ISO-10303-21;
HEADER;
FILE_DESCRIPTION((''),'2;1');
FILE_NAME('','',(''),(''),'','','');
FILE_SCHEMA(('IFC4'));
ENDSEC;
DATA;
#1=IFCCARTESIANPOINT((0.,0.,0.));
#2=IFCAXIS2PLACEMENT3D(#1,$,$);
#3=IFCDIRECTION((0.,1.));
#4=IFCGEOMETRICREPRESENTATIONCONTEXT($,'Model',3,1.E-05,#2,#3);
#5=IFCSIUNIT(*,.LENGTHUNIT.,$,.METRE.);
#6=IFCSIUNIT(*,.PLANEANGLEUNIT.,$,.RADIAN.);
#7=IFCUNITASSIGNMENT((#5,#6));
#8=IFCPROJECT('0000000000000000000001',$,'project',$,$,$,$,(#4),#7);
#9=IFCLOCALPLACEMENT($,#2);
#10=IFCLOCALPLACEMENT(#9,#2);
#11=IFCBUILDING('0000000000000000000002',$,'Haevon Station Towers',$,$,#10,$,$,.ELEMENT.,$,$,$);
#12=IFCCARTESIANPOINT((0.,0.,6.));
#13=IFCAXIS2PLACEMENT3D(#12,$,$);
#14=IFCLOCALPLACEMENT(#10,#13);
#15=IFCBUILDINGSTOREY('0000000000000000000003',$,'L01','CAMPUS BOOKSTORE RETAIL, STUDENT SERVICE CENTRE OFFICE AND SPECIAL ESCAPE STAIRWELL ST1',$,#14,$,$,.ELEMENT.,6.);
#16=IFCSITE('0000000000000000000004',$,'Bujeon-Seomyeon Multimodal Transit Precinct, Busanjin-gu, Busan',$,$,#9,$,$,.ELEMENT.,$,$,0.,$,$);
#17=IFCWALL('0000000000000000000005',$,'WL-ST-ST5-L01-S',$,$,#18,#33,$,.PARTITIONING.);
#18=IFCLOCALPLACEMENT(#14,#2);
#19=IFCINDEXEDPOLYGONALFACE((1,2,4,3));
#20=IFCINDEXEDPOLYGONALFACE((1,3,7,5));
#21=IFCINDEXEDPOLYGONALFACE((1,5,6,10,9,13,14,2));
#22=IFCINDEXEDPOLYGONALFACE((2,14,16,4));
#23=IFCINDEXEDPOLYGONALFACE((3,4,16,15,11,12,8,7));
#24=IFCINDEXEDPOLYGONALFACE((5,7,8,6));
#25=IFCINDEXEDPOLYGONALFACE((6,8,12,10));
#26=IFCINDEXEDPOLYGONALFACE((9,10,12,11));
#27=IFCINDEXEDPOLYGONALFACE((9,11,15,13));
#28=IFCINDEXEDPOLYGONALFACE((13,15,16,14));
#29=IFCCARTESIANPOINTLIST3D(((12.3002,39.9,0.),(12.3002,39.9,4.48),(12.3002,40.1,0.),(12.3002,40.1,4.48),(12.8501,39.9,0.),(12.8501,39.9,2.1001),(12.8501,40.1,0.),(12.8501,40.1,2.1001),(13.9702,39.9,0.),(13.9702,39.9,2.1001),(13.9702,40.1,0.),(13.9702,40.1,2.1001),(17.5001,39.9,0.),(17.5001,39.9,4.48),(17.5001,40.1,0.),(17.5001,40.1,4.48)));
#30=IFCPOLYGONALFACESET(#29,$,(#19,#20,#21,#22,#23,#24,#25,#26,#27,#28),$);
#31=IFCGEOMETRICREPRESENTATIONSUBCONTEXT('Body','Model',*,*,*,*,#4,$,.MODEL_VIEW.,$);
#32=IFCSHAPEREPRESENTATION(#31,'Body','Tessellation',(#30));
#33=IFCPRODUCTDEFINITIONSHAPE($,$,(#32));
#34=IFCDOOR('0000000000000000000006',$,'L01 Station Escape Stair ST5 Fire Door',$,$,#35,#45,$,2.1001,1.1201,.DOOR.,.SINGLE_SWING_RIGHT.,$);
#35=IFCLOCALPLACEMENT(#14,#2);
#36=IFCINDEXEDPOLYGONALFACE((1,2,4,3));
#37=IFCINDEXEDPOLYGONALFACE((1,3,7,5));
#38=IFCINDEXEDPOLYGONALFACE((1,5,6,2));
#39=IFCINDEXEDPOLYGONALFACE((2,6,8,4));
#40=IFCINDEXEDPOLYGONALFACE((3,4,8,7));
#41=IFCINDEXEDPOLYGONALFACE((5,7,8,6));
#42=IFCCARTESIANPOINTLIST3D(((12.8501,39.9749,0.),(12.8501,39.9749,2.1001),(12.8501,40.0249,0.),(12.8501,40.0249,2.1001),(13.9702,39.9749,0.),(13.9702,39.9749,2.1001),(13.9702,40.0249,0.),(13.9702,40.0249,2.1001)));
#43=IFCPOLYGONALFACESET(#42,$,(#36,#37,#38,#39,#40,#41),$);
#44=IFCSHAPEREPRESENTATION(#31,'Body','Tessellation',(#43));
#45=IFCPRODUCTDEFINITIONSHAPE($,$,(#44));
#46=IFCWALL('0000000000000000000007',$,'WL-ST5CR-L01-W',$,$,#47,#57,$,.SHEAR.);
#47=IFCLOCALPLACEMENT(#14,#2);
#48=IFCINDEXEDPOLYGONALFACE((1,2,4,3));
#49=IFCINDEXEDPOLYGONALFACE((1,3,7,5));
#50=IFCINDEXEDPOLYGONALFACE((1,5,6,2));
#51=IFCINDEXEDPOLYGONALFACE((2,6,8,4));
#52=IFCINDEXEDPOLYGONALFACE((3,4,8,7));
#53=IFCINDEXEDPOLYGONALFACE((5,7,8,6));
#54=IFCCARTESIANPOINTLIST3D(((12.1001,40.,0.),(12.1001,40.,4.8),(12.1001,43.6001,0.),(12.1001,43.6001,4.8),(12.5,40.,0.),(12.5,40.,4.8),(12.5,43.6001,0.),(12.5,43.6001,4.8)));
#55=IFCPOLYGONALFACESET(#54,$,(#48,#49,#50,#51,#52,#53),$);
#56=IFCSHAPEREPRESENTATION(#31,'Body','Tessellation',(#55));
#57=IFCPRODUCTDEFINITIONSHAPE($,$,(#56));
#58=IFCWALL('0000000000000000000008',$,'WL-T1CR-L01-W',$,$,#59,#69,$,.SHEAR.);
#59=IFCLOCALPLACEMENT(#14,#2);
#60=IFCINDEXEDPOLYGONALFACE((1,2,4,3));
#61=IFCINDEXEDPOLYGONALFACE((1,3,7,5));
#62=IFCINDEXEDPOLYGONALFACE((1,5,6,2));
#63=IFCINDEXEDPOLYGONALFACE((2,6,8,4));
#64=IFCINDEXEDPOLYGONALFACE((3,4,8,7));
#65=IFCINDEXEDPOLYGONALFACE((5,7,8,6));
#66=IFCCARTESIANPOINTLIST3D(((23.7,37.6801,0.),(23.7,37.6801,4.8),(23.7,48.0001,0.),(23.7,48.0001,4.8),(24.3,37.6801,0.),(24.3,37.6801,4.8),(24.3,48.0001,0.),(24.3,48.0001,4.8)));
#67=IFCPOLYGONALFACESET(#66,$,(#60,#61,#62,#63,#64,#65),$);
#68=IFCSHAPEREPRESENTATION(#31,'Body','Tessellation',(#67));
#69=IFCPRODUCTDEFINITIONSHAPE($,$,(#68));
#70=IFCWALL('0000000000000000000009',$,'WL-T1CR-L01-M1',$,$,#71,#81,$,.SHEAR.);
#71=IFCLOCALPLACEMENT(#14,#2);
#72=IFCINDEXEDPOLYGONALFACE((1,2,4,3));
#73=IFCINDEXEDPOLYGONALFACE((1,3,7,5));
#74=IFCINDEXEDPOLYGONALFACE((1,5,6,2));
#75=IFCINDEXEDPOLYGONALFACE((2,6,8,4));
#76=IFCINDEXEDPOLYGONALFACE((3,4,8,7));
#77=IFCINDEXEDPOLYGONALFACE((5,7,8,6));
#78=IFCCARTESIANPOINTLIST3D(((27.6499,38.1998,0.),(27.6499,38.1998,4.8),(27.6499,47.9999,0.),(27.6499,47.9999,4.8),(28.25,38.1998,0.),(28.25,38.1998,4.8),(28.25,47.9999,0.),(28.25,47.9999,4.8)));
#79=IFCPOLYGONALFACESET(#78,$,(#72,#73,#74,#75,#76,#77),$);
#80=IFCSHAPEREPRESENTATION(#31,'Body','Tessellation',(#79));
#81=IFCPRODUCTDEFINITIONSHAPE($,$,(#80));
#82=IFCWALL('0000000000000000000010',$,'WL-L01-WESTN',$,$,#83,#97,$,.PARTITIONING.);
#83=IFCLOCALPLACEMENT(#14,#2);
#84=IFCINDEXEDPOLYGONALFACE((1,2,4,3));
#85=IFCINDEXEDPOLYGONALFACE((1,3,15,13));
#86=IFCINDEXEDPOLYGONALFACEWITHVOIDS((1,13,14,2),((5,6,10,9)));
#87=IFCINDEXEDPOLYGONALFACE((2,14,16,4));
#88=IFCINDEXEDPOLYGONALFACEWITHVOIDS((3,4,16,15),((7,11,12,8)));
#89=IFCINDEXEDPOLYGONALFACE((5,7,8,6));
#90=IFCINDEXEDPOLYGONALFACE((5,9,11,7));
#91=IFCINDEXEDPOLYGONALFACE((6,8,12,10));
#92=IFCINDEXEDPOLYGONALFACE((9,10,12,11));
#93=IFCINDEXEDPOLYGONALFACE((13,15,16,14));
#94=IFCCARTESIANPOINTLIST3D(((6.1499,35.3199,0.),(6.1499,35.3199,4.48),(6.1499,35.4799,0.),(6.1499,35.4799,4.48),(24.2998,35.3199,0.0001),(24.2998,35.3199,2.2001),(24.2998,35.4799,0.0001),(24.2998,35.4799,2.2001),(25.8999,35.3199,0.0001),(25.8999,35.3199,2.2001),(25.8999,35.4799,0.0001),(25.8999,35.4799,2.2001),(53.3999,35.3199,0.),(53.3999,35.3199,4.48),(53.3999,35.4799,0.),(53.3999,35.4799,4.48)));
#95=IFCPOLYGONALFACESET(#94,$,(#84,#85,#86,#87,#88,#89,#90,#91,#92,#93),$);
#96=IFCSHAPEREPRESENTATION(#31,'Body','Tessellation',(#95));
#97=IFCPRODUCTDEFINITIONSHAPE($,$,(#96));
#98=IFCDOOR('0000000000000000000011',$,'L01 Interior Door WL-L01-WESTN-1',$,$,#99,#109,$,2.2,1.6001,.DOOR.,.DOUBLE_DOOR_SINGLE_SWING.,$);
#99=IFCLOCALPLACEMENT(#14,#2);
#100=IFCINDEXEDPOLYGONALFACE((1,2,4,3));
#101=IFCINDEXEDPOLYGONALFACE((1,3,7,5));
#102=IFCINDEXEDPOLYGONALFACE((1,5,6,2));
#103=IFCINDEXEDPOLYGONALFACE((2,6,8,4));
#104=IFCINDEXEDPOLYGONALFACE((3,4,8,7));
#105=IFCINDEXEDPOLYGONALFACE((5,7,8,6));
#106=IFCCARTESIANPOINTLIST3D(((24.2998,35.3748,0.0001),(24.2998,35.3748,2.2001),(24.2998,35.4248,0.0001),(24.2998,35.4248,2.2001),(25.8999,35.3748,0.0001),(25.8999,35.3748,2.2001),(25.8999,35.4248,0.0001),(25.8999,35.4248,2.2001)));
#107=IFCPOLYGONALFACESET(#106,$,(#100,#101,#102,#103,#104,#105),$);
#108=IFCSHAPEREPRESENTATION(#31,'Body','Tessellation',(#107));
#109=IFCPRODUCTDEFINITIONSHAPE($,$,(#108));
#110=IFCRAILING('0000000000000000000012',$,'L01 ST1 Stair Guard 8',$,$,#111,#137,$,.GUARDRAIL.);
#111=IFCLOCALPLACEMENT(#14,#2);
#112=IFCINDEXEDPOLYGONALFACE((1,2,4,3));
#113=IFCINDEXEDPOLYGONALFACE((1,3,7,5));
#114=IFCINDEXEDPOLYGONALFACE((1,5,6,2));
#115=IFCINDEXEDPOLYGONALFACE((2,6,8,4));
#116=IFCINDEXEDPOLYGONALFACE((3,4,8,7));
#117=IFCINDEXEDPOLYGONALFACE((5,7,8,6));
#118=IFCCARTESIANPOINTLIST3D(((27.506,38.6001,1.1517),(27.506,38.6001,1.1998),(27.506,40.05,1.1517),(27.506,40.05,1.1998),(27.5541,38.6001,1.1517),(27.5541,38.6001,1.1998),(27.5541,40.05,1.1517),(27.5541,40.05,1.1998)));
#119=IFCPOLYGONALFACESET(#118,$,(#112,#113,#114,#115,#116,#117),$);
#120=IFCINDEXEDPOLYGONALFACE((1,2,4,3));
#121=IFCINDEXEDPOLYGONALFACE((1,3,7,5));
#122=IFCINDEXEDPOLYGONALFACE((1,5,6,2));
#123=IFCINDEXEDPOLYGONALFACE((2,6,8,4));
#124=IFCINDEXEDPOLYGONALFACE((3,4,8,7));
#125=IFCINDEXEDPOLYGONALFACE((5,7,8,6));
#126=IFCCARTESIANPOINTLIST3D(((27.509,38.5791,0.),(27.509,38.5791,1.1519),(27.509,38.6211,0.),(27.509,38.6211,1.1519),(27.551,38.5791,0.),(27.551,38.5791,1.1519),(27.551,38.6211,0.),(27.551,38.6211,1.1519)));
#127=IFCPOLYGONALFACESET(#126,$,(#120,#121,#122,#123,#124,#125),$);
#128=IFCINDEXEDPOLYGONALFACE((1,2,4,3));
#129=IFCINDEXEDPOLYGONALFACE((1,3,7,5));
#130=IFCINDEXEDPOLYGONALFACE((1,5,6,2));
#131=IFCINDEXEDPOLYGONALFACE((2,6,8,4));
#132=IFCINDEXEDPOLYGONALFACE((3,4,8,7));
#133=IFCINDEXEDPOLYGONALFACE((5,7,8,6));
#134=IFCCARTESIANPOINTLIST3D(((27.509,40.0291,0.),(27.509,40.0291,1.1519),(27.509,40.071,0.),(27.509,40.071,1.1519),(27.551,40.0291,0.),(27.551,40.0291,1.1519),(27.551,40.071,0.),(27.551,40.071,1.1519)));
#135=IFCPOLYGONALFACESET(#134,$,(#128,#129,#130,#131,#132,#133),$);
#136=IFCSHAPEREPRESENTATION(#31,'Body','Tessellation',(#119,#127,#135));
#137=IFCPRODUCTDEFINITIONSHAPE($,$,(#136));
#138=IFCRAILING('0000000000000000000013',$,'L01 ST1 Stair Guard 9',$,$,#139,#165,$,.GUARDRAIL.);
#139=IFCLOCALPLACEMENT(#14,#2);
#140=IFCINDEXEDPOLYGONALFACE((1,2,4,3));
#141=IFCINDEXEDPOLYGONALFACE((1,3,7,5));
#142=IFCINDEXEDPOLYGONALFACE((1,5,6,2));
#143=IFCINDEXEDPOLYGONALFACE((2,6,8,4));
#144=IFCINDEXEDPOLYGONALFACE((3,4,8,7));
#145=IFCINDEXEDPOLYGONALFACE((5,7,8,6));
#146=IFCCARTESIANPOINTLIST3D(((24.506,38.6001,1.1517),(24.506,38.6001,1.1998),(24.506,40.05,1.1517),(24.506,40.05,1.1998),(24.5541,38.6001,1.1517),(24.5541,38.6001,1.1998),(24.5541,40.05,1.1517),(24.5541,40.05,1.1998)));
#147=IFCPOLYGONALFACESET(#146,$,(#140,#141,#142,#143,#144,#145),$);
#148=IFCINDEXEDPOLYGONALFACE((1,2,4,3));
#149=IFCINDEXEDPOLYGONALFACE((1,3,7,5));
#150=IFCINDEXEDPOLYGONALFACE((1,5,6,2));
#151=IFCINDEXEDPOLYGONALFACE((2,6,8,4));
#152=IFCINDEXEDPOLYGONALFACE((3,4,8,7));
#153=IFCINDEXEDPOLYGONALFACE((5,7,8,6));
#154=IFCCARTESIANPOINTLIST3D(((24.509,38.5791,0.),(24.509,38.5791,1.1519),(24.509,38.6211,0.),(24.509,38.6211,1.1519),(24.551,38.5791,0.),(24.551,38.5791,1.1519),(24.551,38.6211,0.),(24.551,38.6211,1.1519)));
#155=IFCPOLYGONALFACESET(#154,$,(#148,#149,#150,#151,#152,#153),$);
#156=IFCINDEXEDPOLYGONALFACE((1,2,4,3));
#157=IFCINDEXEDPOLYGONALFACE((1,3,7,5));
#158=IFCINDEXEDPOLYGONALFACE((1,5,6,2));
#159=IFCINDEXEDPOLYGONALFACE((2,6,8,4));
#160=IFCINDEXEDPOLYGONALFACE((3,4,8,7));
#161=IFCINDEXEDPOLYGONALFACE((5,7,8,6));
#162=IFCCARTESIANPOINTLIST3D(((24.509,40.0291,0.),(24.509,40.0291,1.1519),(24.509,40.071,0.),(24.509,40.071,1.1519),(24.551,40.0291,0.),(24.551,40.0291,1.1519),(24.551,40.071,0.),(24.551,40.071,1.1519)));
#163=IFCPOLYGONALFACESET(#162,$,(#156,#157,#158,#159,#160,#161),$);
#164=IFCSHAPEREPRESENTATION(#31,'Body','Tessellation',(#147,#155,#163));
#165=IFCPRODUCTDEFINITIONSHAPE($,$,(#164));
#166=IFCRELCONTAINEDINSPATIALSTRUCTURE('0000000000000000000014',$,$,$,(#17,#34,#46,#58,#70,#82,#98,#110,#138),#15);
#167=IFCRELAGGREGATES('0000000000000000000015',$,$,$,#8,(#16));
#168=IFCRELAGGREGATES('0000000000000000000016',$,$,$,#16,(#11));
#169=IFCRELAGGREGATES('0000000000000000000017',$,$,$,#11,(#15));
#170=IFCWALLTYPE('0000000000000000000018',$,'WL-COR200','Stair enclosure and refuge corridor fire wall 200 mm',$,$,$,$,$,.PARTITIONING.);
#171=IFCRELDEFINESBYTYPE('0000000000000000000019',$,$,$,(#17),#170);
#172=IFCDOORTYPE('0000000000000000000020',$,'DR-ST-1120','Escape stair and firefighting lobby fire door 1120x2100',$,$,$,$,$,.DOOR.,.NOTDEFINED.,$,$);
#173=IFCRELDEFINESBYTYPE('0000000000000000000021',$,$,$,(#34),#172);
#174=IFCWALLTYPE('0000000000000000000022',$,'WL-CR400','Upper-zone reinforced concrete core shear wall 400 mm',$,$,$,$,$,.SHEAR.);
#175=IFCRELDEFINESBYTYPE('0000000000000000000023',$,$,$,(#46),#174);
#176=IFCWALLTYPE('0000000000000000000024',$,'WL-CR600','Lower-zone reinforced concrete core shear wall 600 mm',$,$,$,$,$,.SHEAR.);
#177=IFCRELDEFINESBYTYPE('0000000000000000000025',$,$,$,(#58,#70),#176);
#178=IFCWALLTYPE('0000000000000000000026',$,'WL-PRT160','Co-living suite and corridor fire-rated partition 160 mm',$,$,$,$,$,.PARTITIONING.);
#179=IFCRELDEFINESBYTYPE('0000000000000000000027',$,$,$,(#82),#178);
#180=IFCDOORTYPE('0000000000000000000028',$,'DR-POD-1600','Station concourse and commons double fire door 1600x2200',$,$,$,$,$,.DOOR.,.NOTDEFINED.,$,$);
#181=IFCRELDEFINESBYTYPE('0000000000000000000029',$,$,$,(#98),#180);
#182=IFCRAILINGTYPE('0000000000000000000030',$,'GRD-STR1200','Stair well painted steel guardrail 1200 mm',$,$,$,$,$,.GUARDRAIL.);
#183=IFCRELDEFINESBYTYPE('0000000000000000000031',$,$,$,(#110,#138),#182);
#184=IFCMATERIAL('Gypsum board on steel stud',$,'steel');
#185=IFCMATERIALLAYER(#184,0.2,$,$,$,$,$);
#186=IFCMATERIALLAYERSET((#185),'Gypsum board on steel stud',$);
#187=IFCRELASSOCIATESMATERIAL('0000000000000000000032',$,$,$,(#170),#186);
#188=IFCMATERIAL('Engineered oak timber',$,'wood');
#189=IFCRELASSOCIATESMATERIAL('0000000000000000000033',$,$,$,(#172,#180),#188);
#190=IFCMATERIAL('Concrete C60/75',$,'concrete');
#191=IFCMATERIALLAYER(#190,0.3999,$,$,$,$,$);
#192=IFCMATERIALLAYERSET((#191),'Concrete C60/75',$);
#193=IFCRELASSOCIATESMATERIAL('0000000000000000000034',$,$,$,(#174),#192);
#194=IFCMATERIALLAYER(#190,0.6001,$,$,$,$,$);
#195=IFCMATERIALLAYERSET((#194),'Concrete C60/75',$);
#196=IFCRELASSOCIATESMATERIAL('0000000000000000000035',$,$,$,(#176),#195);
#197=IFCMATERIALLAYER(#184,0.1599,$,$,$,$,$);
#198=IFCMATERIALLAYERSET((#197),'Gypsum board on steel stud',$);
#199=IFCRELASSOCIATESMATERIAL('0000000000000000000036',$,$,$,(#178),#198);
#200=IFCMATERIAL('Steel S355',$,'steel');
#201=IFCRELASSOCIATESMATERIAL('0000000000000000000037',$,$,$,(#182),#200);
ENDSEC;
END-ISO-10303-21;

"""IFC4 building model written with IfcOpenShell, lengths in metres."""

from ifc_helpers import new_model, si_unit, direction, frame, frame_2d, origin, origin_2d, place, context, subcontext, project, spatial, rectangle, extrude, material, layer, layer_set, type_object, element, fill, save


model = new_model("IFC4")

# Units and contexts
model_context = context("Model", 3, precision=1e-05, world=origin(), true_north=direction((0.0, 1.0)))
body_context = subcontext(model_context, "Body", "Model", "MODEL_VIEW")
ifc_project = project(units=[si_unit("LENGTHUNIT", "METRE"), si_unit("PLANEANGLEUNIT", "RADIAN")], contexts=[model_context])

# Site, building, storey
site_placement = place(None, origin())
site = spatial("IfcSite", under=ifc_project, at=site_placement, Name="Bujeon-Seomyeon Multimodal Transit Precinct, Busanjin-gu, Busan", CompositionType="ELEMENT", RefElevation=0.0)
building_placement = place(site_placement, origin())
building = spatial("IfcBuilding", under=site, at=building_placement, Name="Haevon Station Towers", CompositionType="ELEMENT")
storey_placement = place(building_placement, frame((0.0, 0.0, 6.0)))
storey = spatial("IfcBuildingStorey", under=building, at=storey_placement, Name="L01", Description="CAMPUS BOOKSTORE RETAIL, STUDENT SERVICE CENTRE OFFICE AND SPECIAL ESCAPE STAIRWELL ST1", CompositionType="ELEMENT", Elevation=6.0)

# Shared definitions
ifc_material_1 = material(Name="Steel S355", Category="steel")

# Wall, opening, door
ifc_material_2 = material(Name="Gypsum board on steel stud", Category="steel")
ifc_layer_1 = layer(ifc_material_2, 0.2)
ifc_layer_set_1 = layer_set([ifc_layer_1], Name="Gypsum board on steel stud")
wall_type_1 = type_object("IfcWallType", Name="WL-COR200", Description="Stair enclosure and refuge corridor fire wall 200 mm", PredefinedType="PARTITIONING", material=ifc_layer_set_1)
ifc_material_3 = material(Name="Engineered oak timber", Category="wood")
door_type_1 = type_object("IfcDoorType", Name="DR-ST-1120", Description="Escape stair and firefighting lobby fire door 1120x2100", OperationType="NOTDEFINED", PredefinedType="DOOR", material=ifc_material_3)
wall_1_placement = place(storey_placement, frame((12.3, 40.0, 0.0), z_axis=(0.0, 0.0, 1.0), x_axis=(1.0, 0.0, 0.0)))
wall_1 = element("IfcWall", 1, at=wall_1_placement, inside=storey, type_object=wall_type_1, Name="WL-ST-ST5-L01-S", PredefinedType="PARTITIONING", context=body_context, shape_type="SweptSolid", body=[
    extrude(rectangle(XDim=5.2, YDim=0.2, at=frame_2d((2.6001, 0.0))), origin(), (0.0, 0.0, 1.0), 4.48),
])
opening_1_placement = place(wall_1_placement, frame((0.55, 0.0, 0.0)))
opening_1 = element("IfcOpeningElement", 2, at=opening_1_placement, cuts=wall_1, PredefinedType="OPENING", context=body_context, shape_type="SweptSolid", body=[
    extrude(rectangle(XDim=1.1201, YDim=2.1001, at=frame_2d((0.5601, 1.05))), frame((0.0, 0.1099, 0.0), z_axis=(0.0, -1.0, 0.0), x_axis=(1.0, 0.0, 0.0)), (0.0, 0.0, 1.0), 0.22),
])
door_1_placement = place(opening_1_placement, origin())
door_1 = element("IfcDoor", 3, at=door_1_placement, inside=storey, type_object=door_type_1, Name="L01 Station Escape Stair ST5 Fire Door", OperationType="SINGLE_SWING_RIGHT", OverallHeight=2.1001, OverallWidth=1.1201, PredefinedType="DOOR", context=body_context, shape_type="SweptSolid", body=[
    extrude(rectangle(XDim=1.1201, YDim=2.1001, at=frame_2d((0.5601, 1.05))), frame((0.0, 0.0249, 0.0), z_axis=(0.0, -1.0, 0.0), x_axis=(1.0, 0.0, 0.0)), (0.0, 0.0, 1.0), 0.05),
])
fill(opening_1, door_1)

# Walls
ifc_material_4 = material(Name="Concrete C60/75", Category="concrete")
ifc_layer_2 = layer(ifc_material_4, 0.3999)
ifc_layer_set_2 = layer_set([ifc_layer_2], Name="Concrete C60/75")
wall_type_2 = type_object("IfcWallType", Name="WL-CR400", Description="Upper-zone reinforced concrete core shear wall 400 mm", PredefinedType="SHEAR", material=ifc_layer_set_2)
wall_2_placement = place(storey_placement, frame((12.3, 40.0, 0.0), z_axis=(0.0, 0.0, 1.0), x_axis=(0.0, 1.0, 0.0)))
element("IfcWall", 4, at=wall_2_placement, inside=storey, type_object=wall_type_2, Name="WL-ST5CR-L01-W", PredefinedType="SHEAR", context=body_context, shape_type="SweptSolid", body=[
    extrude(rectangle(XDim=3.6001, YDim=0.3999, at=frame_2d((1.8, 0.0))), origin(), (0.0, 0.0, 1.0), 4.8),
])
ifc_layer_3 = layer(ifc_material_4, 0.6001)
ifc_layer_set_3 = layer_set([ifc_layer_3], Name="Concrete C60/75")
wall_type_3 = type_object("IfcWallType", Name="WL-CR600", Description="Lower-zone reinforced concrete core shear wall 600 mm", PredefinedType="SHEAR", material=ifc_layer_set_3)
wall_3_placement = place(storey_placement, frame((24.0, 37.6799, 0.0), z_axis=(0.0, 0.0, 1.0), x_axis=(0.0, 1.0, 0.0)))
element("IfcWall", 5, at=wall_3_placement, inside=storey, type_object=wall_type_3, Name="WL-T1CR-L01-W", PredefinedType="SHEAR", context=body_context, shape_type="SweptSolid", body=[
    extrude(rectangle(XDim=10.3201, YDim=0.6001, at=frame_2d((5.1602, 0.0))), origin(), (0.0, 0.0, 1.0), 4.8),
])
wall_4_placement = place(storey_placement, frame((27.95, 38.2, 0.0), z_axis=(0.0, 0.0, 1.0), x_axis=(0.0, 1.0, 0.0)))
element("IfcWall", 6, at=wall_4_placement, inside=storey, type_object=wall_type_3, Name="WL-T1CR-L01-M1", PredefinedType="SHEAR", context=body_context, shape_type="SweptSolid", body=[
    extrude(rectangle(XDim=9.8, YDim=0.6001, at=frame_2d((4.8999, 0.0))), origin(), (0.0, 0.0, 1.0), 4.8),
])

# Wall, opening, door
ifc_layer_4 = layer(ifc_material_2, 0.1599)
ifc_layer_set_4 = layer_set([ifc_layer_4], Name="Gypsum board on steel stud")
wall_type_4 = type_object("IfcWallType", Name="WL-PRT160", Description="Co-living suite and corridor fire-rated partition 160 mm", PredefinedType="PARTITIONING", material=ifc_layer_set_4)
wall_5_placement = place(storey_placement, frame((6.1499, 35.3999, 0.0), z_axis=(0.0, 0.0, 1.0), x_axis=(1.0, 0.0, 0.0)))
wall_5 = element("IfcWall", 7, at=wall_5_placement, inside=storey, type_object=wall_type_4, Name="WL-L01-WESTN", PredefinedType="PARTITIONING", context=body_context, shape_type="SweptSolid", body=[
    extrude(rectangle(XDim=47.25, YDim=0.1599, at=frame_2d((23.625, 0.0))), origin(), (0.0, 0.0, 1.0), 4.48),
])
opening_2_placement = place(wall_5_placement, frame((18.1499, 0.0, 0.0)))
opening_2 = element("IfcOpeningElement", 8, at=opening_2_placement, cuts=wall_5, PredefinedType="OPENING", context=body_context, shape_type="SweptSolid", body=[
    extrude(rectangle(XDim=1.6001, YDim=2.2, at=frame_2d((0.8, 1.1001))), frame((0.0, 0.0898, 0.0), z_axis=(0.0, -1.0, 0.0), x_axis=(1.0, 0.0, 0.0)), (0.0, 0.0, 1.0), 0.1799),
])
door_type_2 = type_object("IfcDoorType", Name="DR-POD-1600", Description="Station concourse and commons double fire door 1600x2200", OperationType="NOTDEFINED", PredefinedType="DOOR", material=ifc_material_3)
door_2_placement = place(opening_2_placement, origin())
door_2 = element("IfcDoor", 9, at=door_2_placement, inside=storey, type_object=door_type_2, Name="L01 Interior Door WL-L01-WESTN-1", OperationType="DOUBLE_DOOR_SINGLE_SWING", OverallHeight=2.2, OverallWidth=1.6001, PredefinedType="DOOR", context=body_context, shape_type="SweptSolid", body=[
    extrude(rectangle(XDim=1.6001, YDim=2.2, at=frame_2d((0.8, 1.1001))), frame((0.0, 0.0249, 0.0), z_axis=(0.0, -1.0, 0.0), x_axis=(1.0, 0.0, 0.0)), (0.0, 0.0, 1.0), 0.05),
])
fill(opening_2, door_2)

# Railings
railing_type = type_object("IfcRailingType", Name="GRD-STR1200", Description="Stair well painted steel guardrail 1200 mm", PredefinedType="GUARDRAIL", material=ifc_material_1)
for number, where, name in (
    (10, (27.53, 38.6001, 0.0), "L01 ST1 Stair Guard 8"),
    (11, (24.53, 38.6001, 0.0), "L01 ST1 Stair Guard 9"),
):
    element("IfcRailing", number, at=place(storey_placement, frame(where)), inside=storey, type_object=railing_type, Name=name, PredefinedType="GUARDRAIL", context=body_context, shape_type="SweptSolid", body=[
        extrude(rectangle(XDim=0.0481, YDim=0.0481, at=origin_2d()), frame((0.0, 0.0, 1.1758), z_axis=(0.0, 1.0, 0.0), x_axis=(-1.0, 0.0, 0.0)), (0.0, 0.0, 1.0), 1.45),
        extrude(rectangle(XDim=0.042, YDim=0.042, at=origin_2d()), origin(), (0.0, 0.0, 1.0), 1.1519),
        extrude(rectangle(XDim=0.042, YDim=0.042, at=origin_2d()), frame((0.0, 1.45, 0.0)), (0.0, 0.0, 1.0), 1.1519),
    ])

save(model, "model.ifc")
